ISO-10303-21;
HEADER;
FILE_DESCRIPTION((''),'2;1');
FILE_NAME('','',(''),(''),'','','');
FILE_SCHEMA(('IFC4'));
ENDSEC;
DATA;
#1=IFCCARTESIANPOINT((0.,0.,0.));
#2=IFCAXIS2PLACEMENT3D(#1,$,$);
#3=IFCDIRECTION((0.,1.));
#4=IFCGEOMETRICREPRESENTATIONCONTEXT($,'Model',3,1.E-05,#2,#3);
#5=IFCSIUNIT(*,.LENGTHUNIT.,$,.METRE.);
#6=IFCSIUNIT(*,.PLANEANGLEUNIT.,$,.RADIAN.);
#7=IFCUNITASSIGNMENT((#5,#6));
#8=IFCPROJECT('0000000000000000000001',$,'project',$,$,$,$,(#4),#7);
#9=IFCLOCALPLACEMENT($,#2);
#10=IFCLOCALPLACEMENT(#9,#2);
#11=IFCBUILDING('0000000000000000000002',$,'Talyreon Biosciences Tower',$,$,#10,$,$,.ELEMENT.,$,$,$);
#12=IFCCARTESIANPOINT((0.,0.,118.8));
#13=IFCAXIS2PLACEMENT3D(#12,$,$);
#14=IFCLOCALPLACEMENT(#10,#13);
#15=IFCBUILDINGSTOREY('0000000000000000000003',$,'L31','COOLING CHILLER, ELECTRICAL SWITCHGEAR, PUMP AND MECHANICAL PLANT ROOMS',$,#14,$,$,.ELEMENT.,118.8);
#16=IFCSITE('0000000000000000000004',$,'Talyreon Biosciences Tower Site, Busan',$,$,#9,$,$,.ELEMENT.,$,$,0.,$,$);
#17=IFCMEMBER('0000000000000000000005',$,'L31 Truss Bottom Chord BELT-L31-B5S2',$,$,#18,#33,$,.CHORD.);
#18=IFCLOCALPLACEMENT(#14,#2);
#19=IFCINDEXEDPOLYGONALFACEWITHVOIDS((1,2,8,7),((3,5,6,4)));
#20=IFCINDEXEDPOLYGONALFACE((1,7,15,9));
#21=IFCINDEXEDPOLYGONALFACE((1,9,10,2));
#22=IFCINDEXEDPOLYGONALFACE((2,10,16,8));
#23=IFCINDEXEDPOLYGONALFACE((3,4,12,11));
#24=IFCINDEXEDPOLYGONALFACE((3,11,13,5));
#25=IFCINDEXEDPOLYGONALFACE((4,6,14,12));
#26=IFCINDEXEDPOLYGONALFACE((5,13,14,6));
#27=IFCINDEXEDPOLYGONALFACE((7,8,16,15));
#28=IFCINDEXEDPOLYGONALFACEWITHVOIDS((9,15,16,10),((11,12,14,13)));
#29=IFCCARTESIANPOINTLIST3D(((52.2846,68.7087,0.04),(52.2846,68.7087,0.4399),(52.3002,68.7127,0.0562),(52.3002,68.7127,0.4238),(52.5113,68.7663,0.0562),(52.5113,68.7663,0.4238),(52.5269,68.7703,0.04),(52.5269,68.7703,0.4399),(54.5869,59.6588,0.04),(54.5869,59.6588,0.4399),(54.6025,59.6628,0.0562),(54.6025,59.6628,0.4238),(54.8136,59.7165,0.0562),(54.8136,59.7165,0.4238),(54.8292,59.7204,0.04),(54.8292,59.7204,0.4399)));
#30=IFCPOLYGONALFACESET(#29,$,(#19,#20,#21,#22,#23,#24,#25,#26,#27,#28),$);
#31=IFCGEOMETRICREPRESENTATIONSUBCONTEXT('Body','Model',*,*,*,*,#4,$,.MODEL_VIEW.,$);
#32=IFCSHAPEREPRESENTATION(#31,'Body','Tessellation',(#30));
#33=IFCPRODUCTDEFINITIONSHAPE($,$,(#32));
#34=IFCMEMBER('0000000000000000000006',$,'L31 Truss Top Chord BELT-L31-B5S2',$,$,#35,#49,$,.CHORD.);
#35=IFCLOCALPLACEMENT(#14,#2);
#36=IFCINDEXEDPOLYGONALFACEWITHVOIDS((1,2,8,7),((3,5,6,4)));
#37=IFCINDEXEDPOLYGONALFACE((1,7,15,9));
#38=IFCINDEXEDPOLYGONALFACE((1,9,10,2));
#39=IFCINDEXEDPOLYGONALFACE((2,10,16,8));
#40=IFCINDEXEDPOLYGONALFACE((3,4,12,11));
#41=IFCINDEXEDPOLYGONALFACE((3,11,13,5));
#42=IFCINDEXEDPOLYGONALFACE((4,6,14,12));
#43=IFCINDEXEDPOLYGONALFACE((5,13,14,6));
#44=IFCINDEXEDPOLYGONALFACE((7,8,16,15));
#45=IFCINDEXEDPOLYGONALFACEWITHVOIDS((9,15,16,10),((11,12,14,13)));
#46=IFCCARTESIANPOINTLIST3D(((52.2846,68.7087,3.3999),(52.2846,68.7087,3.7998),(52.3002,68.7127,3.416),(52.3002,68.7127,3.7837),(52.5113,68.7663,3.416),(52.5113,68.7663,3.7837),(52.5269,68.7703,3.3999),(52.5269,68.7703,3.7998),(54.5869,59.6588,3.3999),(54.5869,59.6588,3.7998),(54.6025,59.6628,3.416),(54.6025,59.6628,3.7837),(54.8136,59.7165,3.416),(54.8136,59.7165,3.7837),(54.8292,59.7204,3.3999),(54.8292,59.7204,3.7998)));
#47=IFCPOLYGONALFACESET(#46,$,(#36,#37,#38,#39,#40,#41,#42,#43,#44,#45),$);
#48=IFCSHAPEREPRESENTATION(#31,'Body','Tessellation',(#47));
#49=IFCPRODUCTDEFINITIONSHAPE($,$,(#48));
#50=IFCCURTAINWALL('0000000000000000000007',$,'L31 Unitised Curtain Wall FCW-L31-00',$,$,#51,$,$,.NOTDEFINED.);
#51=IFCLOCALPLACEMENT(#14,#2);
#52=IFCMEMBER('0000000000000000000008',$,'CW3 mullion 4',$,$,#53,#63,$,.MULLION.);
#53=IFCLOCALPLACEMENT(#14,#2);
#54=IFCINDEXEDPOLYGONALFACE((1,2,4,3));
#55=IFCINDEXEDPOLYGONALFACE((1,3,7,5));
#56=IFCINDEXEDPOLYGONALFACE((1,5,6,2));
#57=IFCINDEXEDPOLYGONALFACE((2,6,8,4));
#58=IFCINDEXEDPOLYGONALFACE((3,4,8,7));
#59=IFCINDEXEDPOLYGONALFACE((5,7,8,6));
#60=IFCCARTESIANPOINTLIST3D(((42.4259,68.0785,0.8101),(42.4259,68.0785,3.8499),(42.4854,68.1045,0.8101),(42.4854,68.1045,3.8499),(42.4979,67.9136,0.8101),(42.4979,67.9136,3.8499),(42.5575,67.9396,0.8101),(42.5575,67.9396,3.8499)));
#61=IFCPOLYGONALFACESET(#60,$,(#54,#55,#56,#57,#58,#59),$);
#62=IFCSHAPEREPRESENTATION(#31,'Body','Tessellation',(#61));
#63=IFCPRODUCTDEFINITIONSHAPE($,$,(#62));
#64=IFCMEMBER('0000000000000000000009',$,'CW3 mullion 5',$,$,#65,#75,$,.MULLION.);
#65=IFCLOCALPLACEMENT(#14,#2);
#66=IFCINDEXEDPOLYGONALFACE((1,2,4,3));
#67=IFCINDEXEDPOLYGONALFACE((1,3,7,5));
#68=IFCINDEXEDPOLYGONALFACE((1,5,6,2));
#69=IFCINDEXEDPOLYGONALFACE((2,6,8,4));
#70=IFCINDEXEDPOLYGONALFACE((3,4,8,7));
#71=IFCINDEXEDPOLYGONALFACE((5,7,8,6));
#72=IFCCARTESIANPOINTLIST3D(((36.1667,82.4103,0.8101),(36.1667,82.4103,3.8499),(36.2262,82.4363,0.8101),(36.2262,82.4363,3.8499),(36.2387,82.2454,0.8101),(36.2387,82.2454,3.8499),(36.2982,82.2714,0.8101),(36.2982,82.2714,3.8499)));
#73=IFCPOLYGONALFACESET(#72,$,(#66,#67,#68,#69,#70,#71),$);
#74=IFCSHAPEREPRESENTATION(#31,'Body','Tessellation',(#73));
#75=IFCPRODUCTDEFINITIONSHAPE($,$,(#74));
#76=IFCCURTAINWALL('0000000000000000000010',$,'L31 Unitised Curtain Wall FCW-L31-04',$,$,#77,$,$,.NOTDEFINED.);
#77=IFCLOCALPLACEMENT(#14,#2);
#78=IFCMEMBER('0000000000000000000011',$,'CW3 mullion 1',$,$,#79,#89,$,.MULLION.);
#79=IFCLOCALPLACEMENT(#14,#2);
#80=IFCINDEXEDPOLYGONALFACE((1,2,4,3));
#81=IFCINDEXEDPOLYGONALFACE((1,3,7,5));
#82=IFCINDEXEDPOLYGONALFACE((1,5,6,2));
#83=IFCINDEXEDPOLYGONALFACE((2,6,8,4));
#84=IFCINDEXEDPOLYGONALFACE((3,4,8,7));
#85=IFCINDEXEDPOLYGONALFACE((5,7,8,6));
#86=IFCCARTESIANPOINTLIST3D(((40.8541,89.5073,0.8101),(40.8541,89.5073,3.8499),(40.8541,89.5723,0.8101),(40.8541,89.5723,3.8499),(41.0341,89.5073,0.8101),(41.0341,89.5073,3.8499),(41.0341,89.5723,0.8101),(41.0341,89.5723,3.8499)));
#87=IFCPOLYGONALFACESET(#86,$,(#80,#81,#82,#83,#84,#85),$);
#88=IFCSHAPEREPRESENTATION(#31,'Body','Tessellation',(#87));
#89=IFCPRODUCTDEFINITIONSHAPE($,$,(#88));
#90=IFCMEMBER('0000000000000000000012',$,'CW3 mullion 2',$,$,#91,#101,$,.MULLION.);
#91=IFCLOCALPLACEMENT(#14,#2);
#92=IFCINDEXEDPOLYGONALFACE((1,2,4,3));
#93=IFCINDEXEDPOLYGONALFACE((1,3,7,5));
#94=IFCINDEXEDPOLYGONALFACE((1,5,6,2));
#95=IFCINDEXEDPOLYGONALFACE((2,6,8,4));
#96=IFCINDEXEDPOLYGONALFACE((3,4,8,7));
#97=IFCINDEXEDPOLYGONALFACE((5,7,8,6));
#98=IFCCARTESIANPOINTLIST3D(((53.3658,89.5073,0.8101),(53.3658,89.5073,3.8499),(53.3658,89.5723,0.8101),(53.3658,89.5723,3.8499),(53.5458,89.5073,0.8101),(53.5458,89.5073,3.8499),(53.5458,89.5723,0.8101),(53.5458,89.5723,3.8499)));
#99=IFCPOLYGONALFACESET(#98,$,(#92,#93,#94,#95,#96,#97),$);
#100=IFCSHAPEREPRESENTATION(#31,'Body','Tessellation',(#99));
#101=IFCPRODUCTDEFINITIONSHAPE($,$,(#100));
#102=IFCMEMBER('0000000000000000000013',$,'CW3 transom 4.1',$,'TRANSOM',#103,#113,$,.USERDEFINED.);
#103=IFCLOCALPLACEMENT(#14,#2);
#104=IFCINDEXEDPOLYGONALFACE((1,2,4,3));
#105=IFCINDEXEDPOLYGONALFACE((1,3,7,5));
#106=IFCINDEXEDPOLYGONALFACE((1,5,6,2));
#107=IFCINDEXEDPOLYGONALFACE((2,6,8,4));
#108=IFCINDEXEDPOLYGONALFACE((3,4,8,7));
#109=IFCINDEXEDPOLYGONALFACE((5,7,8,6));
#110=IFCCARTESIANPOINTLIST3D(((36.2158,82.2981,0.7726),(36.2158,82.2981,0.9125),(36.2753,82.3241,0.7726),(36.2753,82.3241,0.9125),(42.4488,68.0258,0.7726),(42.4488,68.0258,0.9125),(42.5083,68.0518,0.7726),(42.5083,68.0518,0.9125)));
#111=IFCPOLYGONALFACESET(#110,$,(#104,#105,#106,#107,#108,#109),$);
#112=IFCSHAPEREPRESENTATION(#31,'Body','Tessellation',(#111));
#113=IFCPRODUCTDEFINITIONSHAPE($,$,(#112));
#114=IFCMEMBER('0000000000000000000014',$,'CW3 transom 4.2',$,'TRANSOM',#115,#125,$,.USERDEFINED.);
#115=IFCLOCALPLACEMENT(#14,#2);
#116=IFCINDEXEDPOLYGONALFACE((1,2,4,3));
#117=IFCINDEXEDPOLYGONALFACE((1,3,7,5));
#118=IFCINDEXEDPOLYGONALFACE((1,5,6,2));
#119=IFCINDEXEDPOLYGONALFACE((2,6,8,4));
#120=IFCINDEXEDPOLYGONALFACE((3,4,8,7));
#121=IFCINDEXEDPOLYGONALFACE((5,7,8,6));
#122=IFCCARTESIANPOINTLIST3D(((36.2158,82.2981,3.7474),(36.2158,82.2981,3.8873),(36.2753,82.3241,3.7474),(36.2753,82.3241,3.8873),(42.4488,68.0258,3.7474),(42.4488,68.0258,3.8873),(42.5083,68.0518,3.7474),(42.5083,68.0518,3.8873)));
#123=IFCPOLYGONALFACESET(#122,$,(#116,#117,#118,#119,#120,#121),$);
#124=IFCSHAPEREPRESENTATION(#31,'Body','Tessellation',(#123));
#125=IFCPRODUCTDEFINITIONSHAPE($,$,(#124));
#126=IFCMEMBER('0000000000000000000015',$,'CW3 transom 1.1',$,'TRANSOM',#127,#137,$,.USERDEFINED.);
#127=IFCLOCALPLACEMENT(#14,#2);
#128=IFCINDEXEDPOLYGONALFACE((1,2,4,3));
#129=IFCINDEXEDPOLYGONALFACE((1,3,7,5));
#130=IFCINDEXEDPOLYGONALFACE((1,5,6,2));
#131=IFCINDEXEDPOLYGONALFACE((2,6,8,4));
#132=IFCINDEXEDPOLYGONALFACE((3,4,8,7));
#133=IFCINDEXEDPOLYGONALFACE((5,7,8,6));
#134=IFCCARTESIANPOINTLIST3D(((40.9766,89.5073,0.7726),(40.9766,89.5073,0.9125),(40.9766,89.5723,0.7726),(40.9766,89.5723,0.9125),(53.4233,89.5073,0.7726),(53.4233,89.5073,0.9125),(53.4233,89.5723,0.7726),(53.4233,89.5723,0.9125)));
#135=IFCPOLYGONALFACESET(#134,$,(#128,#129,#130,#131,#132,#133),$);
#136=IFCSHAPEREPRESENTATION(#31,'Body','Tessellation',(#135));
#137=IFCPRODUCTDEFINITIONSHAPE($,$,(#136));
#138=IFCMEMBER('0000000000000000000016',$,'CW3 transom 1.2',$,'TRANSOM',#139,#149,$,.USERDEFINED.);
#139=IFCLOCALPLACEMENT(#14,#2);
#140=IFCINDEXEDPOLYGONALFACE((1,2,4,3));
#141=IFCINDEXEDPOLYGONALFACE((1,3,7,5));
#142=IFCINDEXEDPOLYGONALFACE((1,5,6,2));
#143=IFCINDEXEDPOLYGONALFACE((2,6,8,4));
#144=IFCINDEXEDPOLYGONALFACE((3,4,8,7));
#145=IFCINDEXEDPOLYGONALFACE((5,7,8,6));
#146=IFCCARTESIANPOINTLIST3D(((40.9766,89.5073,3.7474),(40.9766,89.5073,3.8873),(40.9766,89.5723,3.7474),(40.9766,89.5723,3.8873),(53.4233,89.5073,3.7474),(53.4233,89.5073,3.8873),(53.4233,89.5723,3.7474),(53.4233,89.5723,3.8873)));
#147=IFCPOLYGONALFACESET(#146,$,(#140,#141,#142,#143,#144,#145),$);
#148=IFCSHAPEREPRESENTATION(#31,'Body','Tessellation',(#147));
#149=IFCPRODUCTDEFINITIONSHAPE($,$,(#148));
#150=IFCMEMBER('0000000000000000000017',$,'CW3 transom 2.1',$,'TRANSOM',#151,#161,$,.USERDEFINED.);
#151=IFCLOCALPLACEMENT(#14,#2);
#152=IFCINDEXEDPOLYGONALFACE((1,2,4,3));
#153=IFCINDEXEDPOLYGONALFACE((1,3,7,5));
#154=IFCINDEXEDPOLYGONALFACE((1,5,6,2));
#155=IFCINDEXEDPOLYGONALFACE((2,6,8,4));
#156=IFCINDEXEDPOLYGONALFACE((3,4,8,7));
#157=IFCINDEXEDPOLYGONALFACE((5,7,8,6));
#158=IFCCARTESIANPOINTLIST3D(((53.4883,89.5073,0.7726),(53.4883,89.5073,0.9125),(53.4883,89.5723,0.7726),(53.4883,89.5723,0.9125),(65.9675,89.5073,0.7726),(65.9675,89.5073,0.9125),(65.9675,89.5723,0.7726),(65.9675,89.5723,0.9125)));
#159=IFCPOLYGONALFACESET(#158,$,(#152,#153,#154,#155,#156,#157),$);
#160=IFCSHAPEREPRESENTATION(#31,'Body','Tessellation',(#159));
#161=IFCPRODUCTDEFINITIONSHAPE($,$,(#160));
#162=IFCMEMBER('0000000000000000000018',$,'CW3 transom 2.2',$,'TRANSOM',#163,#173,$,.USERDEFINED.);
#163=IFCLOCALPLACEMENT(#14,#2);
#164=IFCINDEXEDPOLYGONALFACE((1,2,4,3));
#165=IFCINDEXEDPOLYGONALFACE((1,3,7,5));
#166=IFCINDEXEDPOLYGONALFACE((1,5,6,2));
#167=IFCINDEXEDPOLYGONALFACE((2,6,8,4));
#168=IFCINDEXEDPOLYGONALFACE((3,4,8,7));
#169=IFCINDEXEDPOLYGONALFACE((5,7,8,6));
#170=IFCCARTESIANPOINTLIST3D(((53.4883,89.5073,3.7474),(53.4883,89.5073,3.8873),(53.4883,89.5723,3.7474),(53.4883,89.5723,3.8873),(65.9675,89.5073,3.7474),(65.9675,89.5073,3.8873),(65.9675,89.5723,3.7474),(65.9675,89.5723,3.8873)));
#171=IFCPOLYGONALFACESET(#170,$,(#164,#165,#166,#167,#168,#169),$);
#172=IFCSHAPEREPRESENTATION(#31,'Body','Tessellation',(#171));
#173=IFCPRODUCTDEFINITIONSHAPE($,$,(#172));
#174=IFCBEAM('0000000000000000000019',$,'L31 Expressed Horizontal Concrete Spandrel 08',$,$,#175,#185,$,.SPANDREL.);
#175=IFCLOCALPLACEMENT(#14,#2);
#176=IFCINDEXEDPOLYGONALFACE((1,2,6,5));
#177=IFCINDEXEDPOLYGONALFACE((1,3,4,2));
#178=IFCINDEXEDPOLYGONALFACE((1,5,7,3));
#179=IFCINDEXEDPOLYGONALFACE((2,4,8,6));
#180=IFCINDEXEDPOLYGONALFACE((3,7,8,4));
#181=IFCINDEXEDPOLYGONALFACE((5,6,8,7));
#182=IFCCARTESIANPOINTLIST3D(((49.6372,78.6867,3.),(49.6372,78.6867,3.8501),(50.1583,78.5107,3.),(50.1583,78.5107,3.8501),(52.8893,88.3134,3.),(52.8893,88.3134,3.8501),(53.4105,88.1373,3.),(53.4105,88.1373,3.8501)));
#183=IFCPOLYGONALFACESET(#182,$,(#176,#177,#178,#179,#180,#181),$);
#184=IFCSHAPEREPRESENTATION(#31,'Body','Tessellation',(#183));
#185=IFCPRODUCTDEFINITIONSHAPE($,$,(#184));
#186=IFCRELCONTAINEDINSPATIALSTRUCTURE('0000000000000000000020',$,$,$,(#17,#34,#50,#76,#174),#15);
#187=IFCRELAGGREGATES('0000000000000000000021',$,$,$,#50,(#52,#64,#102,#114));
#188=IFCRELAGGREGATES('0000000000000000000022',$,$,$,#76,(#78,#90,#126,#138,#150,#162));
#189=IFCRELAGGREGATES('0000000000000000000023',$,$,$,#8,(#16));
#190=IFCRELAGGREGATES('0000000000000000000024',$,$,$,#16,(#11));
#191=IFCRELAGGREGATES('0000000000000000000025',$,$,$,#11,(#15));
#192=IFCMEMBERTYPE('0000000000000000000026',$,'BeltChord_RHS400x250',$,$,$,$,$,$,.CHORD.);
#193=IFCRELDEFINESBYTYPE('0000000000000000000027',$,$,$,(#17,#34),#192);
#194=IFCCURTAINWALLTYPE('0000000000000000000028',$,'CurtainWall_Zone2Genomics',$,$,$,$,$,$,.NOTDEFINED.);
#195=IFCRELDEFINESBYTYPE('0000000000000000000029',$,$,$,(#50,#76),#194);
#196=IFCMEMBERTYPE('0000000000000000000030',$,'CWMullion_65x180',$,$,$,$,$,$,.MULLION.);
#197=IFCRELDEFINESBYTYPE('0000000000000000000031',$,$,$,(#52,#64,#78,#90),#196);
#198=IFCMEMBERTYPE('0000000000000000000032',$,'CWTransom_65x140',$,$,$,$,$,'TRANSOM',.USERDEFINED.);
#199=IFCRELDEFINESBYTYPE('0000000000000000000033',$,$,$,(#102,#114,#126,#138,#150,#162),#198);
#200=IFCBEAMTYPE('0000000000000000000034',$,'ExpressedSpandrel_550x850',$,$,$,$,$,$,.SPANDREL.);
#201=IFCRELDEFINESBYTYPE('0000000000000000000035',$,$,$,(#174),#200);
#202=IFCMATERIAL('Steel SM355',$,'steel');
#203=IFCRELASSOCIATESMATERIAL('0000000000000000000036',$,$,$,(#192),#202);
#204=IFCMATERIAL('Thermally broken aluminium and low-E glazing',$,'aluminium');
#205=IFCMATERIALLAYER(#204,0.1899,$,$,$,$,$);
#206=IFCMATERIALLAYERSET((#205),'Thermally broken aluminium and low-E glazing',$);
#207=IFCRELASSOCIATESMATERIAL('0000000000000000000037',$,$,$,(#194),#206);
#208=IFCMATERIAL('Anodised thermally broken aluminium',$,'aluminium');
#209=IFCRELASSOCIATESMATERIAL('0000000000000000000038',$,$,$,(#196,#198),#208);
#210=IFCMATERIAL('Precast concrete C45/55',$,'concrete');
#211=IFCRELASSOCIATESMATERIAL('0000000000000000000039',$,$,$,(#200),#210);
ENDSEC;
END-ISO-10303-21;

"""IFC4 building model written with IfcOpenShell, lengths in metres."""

from ifc_helpers import new_model, si_unit, direction, frame, origin, origin_2d, place, context, subcontext, project, spatial, rectangle, hollow_rectangle, extrude, material, layer, layer_set, material_profile, profile_set, type_object, element, aggregate, save


model = new_model("IFC4")

# Units and contexts
model_context = context("Model", 3, precision=1e-05, world=origin(), true_north=direction((0.0, 1.0)))
body_context = subcontext(model_context, "Body", "Model", "MODEL_VIEW")
ifc_project = project(units=[si_unit("LENGTHUNIT", "METRE"), si_unit("PLANEANGLEUNIT", "RADIAN")], contexts=[model_context])

# Site, building, storey
site_placement = place(None, origin())
site = spatial("IfcSite", under=ifc_project, at=site_placement, Name="Talyreon Biosciences Tower Site, Busan", CompositionType="ELEMENT", RefElevation=0.0)
building_placement = place(site_placement, origin())
building = spatial("IfcBuilding", under=site, at=building_placement, Name="Talyreon Biosciences Tower", CompositionType="ELEMENT")
storey_placement = place(building_placement, frame((0.0, 0.0, 118.8)))
storey = spatial("IfcBuildingStorey", under=building, at=storey_placement, Name="L31", Description="COOLING CHILLER, ELECTRICAL SWITCHGEAR, PUMP AND MECHANICAL PLANT ROOMS", CompositionType="ELEMENT", Elevation=118.8)

# Members
ifc_material_1 = material(Name="Steel SM355", Category="steel")
ifc_material_profile_1 = material_profile(ifc_material_1, hollow_rectangle(XDim=0.25, YDim=0.3999, WallThickness=0.0161, at=origin_2d()), Name="RHS 400x250x16")
ifc_profile_set_1 = profile_set([ifc_material_profile_1], Name="Steel SM355")
member_type_1 = type_object("IfcMemberType", Name="BeltChord_RHS400x250", PredefinedType="CHORD", material=ifc_profile_set_1)
for number, where, z_axis, x_axis, name in (
    (1, (52.4058, 68.7395, 0.24), (0.246544, -0.969131, 0.0), (0.969131, 0.246544, 0.0), "L31 Truss Bottom Chord BELT-L31-B5S2"),
    (2, (52.4058, 68.7395, 3.5999), (0.246544, -0.969131, 0.0), (0.969131, 0.246544, 0.0), "L31 Truss Top Chord BELT-L31-B5S2"),
):
    element("IfcMember", number, at=place(storey_placement, frame(where, z_axis=z_axis, x_axis=x_axis)), inside=storey, type_object=member_type_1, Name=name, PredefinedType="CHORD", context=body_context, shape_type="SweptSolid", body=[
        extrude(hollow_rectangle(XDim=0.25, YDim=0.3999, WallThickness=0.0161, at=origin_2d()), origin(), (0.0, 0.0, 1.0), 9.3381),
    ])

# Curtain walls, members
ifc_material_2 = material(Name="Thermally broken aluminium and low-E glazing", Category="aluminium")
ifc_layer_1 = layer(ifc_material_2, 0.1899)
ifc_layer_set_1 = layer_set([ifc_layer_1], Name="Thermally broken aluminium and low-E glazing")
curtain_wall_type = type_object("IfcCurtainWallType", Name="CurtainWall_Zone2Genomics", PredefinedType="NOTDEFINED", material=ifc_layer_set_1)
curtain_wall_1_placement = place(storey_placement, origin())
curtain_wall_1 = element("IfcCurtainWall", 3, at=curtain_wall_1_placement, inside=storey, type_object=curtain_wall_type, Name="L31 Unitised Curtain Wall FCW-L31-00", PredefinedType="NOTDEFINED")
ifc_material_3 = material(Name="Anodised thermally broken aluminium", Category="aluminium")
ifc_material_profile_2 = material_profile(ifc_material_3, rectangle(XDim=0.0649, YDim=0.1799, at=origin_2d()), Name="ALUM MULLION 65x180")
ifc_profile_set_2 = profile_set([ifc_material_profile_2], Name="Anodised thermally broken aluminium")
member_type_2 = type_object("IfcMemberType", Name="CWMullion_65x180", PredefinedType="MULLION", material=ifc_profile_set_2)
member_1_placement = place(storey_placement, frame((42.4917, 68.009, 0.8101), z_axis=(0.0, 0.0, 1.0), x_axis=(-0.916416, -0.400226, 0.0)))
member_1 = element("IfcMember", 4, at=member_1_placement, type_object=member_type_2, Name="CW3 mullion 4", PredefinedType="MULLION", context=body_context, shape_type="SweptSolid", body=[
    extrude(rectangle(XDim=0.0649, YDim=0.1799, at=origin_2d()), origin(), (0.0, 0.0, 1.0), 3.0398),
])
member_2_placement = place(storey_placement, frame((36.2324, 82.3408, 0.8101), z_axis=(0.0, 0.0, 1.0), x_axis=(-0.916416, -0.400226, 0.0)))
member_2 = element("IfcMember", 5, at=member_2_placement, type_object=member_type_2, Name="CW3 mullion 5", PredefinedType="MULLION", context=body_context, shape_type="SweptSolid", body=[
    extrude(rectangle(XDim=0.0649, YDim=0.1799, at=origin_2d()), origin(), (0.0, 0.0, 1.0), 3.0398),
])
curtain_wall_2_placement = place(storey_placement, origin())
curtain_wall_2 = element("IfcCurtainWall", 6, at=curtain_wall_2_placement, inside=storey, type_object=curtain_wall_type, Name="L31 Unitised Curtain Wall FCW-L31-04", PredefinedType="NOTDEFINED")
member_3_placement = place(storey_placement, frame((40.9441, 89.5398, 0.8101), z_axis=(0.0, 0.0, 1.0), x_axis=(0.0, 1.0, 0.0)))
member_3 = element("IfcMember", 7, at=member_3_placement, type_object=member_type_2, Name="CW3 mullion 1", PredefinedType="MULLION", context=body_context, shape_type="SweptSolid", body=[
    extrude(rectangle(XDim=0.0649, YDim=0.1799, at=origin_2d()), origin(), (0.0, 0.0, 1.0), 3.0398),
])
member_4_placement = place(storey_placement, frame((53.4558, 89.5398, 0.8101), z_axis=(0.0, 0.0, 1.0), x_axis=(0.0, 1.0, 0.0)))
member_4 = element("IfcMember", 8, at=member_4_placement, type_object=member_type_2, Name="CW3 mullion 2", PredefinedType="MULLION", context=body_context, shape_type="SweptSolid", body=[
    extrude(rectangle(XDim=0.0649, YDim=0.1799, at=origin_2d()), origin(), (0.0, 0.0, 1.0), 3.0398),
])

# Members
ifc_material_profile_3 = material_profile(ifc_material_3, rectangle(XDim=0.0649, YDim=0.1399, at=origin_2d()), Name="ALUM TRANSOM 65x140")
ifc_profile_set_3 = profile_set([ifc_material_profile_3], Name="Anodised thermally broken aluminium")
member_type_3 = type_object("IfcMemberType", Name="CWTransom_65x140", ElementType="TRANSOM", PredefinedType="USERDEFINED", material=ifc_profile_set_3)
member_5_placement = place(storey_placement, frame((42.4785, 68.0388, 0.8425), z_axis=(-0.400216, 0.916421, 0.0), x_axis=(-0.916421, -0.400216, 0.0)))
member_5 = element("IfcMember", 9, at=member_5_placement, type_object=member_type_3, Name="CW3 transom 4.1", ObjectType="TRANSOM", PredefinedType="USERDEFINED", context=body_context, shape_type="SweptSolid", body=[
    extrude(rectangle(XDim=0.0649, YDim=0.1399, at=origin_2d()), origin(), (0.0, 0.0, 1.0), 15.574),
])
member_6_placement = place(storey_placement, frame((42.4785, 68.0388, 3.8174), z_axis=(-0.400216, 0.916421, 0.0), x_axis=(-0.916421, -0.400216, 0.0)))
member_6 = element("IfcMember", 10, at=member_6_placement, type_object=member_type_3, Name="CW3 transom 4.2", ObjectType="TRANSOM", PredefinedType="USERDEFINED", context=body_context, shape_type="SweptSolid", body=[
    extrude(rectangle(XDim=0.0649, YDim=0.1399, at=origin_2d()), origin(), (0.0, 0.0, 1.0), 15.574),
])
member_7_placement = place(storey_placement, frame((40.9766, 89.5398, 0.8425), z_axis=(1.0, 0.0, 0.0), x_axis=(0.0, 1.0, 0.0)))
member_7 = element("IfcMember", 11, at=member_7_placement, type_object=member_type_3, Name="CW3 transom 1.1", ObjectType="TRANSOM", PredefinedType="USERDEFINED", context=body_context, shape_type="SweptSolid", body=[
    extrude(rectangle(XDim=0.0649, YDim=0.1399, at=origin_2d()), origin(), (0.0, 0.0, 1.0), 12.4468),
])
member_8_placement = place(storey_placement, frame((40.9766, 89.5398, 3.8174), z_axis=(1.0, 0.0, 0.0), x_axis=(0.0, 1.0, 0.0)))
member_8 = element("IfcMember", 12, at=member_8_placement, type_object=member_type_3, Name="CW3 transom 1.2", ObjectType="TRANSOM", PredefinedType="USERDEFINED", context=body_context, shape_type="SweptSolid", body=[
    extrude(rectangle(XDim=0.0649, YDim=0.1399, at=origin_2d()), origin(), (0.0, 0.0, 1.0), 12.4468),
])
member_9_placement = place(storey_placement, frame((53.4883, 89.5398, 0.8425), z_axis=(1.0, 0.0, 0.0), x_axis=(0.0, 1.0, 0.0)))
member_9 = element("IfcMember", 13, at=member_9_placement, type_object=member_type_3, Name="CW3 transom 2.1", ObjectType="TRANSOM", PredefinedType="USERDEFINED", context=body_context, shape_type="SweptSolid", body=[
    extrude(rectangle(XDim=0.0649, YDim=0.1399, at=origin_2d()), origin(), (0.0, 0.0, 1.0), 12.4792),
])
member_10_placement = place(storey_placement, frame((53.4883, 89.5398, 3.8174), z_axis=(1.0, 0.0, 0.0), x_axis=(0.0, 1.0, 0.0)))
member_10 = element("IfcMember", 14, at=member_10_placement, type_object=member_type_3, Name="CW3 transom 2.2", ObjectType="TRANSOM", PredefinedType="USERDEFINED", context=body_context, shape_type="SweptSolid", body=[
    extrude(rectangle(XDim=0.0649, YDim=0.1399, at=origin_2d()), origin(), (0.0, 0.0, 1.0), 12.4792),
])

# Beam
ifc_material_4 = material(Name="Precast concrete C45/55", Category="concrete")
ifc_material_profile_4 = material_profile(ifc_material_4, rectangle(XDim=0.55, YDim=0.8501, at=origin_2d()), Name="RCB 550x850")
ifc_profile_set_4 = profile_set([ifc_material_profile_4], Name="Precast concrete C45/55")
beam_type_1 = type_object("IfcBeamType", Name="ExpressedSpandrel_550x850", PredefinedType="SPANDREL", material=ifc_profile_set_4)
beam_1_placement = place(storey_placement, frame((53.1499, 88.2253, 3.425), z_axis=(-0.32006, -0.947397, 0.0), x_axis=(0.947397, -0.32006, 0.0)))
element("IfcBeam", 15, at=beam_1_placement, inside=storey, type_object=beam_type_1, Name="L31 Expressed Horizontal Concrete Spandrel 08", PredefinedType="SPANDREL", context=body_context, shape_type="SweptSolid", body=[
    extrude(rectangle(XDim=0.55, YDim=0.8501, at=origin_2d()), origin(), (0.0, 0.0, 1.0), 10.1611),
])

aggregate(curtain_wall_1, [member_1, member_2, member_5, member_6])
aggregate(curtain_wall_2, [member_3, member_4, member_7, member_8, member_9, member_10])

save(model, "model.ifc")
